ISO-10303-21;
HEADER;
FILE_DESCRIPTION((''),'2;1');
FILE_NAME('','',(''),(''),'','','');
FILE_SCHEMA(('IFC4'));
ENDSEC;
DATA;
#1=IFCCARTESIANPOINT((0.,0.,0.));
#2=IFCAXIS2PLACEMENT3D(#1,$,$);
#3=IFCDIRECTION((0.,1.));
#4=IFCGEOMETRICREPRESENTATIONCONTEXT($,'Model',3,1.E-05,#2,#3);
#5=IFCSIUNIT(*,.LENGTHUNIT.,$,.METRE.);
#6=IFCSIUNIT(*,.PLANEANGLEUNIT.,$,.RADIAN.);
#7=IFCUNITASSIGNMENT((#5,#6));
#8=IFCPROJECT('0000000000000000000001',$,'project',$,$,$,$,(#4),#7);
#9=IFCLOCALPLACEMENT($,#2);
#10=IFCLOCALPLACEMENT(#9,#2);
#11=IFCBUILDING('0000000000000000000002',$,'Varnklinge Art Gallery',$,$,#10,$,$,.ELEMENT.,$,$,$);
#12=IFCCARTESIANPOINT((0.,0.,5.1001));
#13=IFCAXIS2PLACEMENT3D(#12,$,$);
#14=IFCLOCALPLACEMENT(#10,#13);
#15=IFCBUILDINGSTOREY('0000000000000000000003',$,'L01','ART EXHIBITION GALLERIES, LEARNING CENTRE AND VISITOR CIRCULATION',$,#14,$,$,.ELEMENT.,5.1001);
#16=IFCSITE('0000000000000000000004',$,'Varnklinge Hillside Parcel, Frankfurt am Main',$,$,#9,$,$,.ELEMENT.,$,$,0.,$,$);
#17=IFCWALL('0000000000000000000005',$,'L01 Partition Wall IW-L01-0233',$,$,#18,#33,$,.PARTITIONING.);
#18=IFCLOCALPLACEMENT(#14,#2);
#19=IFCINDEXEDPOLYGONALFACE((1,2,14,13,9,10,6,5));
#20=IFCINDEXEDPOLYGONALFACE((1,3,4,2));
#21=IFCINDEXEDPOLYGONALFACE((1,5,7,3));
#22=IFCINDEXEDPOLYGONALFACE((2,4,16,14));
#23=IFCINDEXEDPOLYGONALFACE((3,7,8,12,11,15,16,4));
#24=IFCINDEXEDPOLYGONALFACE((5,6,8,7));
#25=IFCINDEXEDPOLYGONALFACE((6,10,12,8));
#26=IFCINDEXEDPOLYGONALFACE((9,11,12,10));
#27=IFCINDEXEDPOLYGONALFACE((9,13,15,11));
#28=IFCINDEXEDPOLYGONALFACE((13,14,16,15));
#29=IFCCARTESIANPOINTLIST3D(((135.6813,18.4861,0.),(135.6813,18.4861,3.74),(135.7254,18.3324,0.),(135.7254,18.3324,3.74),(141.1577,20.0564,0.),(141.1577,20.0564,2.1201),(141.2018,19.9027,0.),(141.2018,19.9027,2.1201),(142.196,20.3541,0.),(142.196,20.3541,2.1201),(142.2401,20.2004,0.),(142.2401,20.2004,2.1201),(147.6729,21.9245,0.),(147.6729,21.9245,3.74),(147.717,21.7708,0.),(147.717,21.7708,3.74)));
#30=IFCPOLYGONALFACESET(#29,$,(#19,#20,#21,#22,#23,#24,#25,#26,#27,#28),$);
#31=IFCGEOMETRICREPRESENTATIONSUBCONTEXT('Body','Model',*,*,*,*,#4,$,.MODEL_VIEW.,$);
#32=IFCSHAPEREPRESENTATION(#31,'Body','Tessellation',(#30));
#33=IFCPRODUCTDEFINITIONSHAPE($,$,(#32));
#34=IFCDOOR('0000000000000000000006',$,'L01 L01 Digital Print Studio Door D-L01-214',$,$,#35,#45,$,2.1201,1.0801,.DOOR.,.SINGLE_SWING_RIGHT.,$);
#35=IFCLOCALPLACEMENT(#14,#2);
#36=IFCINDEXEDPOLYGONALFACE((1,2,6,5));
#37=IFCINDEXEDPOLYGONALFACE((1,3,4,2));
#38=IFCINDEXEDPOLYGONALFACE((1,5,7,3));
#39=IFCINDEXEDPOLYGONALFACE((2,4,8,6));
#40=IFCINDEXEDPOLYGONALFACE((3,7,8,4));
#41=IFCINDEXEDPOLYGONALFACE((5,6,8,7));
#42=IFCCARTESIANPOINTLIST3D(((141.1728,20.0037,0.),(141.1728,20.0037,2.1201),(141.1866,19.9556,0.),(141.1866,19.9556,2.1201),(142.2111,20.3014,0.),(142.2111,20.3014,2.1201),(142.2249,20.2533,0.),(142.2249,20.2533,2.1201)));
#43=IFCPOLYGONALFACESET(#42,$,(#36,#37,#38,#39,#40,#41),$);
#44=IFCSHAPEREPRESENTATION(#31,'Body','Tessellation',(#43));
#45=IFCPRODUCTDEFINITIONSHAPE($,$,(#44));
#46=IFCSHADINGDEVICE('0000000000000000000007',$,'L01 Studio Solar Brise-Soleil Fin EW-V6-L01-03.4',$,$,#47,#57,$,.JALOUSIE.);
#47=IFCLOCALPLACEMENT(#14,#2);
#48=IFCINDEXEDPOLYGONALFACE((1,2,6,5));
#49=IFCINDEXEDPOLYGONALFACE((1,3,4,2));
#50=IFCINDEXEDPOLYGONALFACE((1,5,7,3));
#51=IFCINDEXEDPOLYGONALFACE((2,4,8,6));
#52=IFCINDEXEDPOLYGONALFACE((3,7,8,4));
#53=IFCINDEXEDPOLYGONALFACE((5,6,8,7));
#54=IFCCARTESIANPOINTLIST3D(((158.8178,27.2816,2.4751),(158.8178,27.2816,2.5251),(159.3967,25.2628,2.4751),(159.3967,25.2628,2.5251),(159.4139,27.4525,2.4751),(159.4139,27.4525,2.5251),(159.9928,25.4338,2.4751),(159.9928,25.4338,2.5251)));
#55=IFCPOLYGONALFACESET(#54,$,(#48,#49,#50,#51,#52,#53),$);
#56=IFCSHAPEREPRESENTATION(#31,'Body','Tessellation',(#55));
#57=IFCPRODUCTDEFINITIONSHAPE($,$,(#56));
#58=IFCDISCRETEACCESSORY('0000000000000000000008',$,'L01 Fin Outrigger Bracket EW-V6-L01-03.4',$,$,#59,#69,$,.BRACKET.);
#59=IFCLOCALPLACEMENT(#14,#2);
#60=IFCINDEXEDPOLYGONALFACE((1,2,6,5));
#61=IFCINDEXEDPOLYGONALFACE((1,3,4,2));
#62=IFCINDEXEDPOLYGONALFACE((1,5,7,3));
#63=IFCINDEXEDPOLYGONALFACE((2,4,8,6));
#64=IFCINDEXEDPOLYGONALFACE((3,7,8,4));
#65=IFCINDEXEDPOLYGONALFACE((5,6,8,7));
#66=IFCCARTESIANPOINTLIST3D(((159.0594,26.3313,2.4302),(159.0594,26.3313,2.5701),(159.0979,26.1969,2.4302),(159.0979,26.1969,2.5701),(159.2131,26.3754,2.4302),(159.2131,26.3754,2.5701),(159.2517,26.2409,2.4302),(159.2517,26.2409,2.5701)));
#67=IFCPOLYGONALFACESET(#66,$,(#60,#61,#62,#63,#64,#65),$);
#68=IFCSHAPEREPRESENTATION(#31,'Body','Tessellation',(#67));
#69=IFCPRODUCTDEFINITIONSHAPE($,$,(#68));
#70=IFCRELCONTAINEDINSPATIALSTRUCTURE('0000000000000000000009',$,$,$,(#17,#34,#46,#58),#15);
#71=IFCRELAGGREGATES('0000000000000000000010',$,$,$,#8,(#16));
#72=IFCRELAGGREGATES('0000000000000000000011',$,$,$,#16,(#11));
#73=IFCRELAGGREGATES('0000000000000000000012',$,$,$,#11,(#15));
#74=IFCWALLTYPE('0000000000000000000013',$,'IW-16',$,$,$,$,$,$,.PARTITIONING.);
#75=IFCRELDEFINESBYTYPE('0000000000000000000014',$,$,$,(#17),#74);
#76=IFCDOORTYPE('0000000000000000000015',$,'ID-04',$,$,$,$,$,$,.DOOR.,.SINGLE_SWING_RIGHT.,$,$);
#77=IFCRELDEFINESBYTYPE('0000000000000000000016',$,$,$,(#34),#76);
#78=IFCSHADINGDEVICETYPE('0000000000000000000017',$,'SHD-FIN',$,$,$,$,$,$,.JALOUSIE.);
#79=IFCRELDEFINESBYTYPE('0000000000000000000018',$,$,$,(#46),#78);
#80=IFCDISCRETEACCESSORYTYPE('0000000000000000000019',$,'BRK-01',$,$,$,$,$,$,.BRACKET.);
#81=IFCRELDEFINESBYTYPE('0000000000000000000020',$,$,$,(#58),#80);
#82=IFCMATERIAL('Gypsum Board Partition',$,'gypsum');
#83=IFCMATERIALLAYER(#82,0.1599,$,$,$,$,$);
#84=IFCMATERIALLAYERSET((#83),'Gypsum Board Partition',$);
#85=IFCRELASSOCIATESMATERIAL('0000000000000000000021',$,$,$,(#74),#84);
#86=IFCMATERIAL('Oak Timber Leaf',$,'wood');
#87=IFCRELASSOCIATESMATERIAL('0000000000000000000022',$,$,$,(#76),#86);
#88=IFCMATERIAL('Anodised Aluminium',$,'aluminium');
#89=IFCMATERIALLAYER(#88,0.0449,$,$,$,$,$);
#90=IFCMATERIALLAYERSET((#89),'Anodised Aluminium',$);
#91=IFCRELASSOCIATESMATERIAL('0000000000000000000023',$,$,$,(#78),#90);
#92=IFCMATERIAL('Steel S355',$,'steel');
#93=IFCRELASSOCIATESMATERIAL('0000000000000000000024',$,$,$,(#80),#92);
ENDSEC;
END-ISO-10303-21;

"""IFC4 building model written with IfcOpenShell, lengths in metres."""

from ifc_helpers import new_model, si_unit, direction, frame, frame_2d, origin, origin_2d, place, context, subcontext, project, spatial, rectangle, extrude, material, layer, layer_set, type_object, element, fill, save


model = new_model("IFC4")

# Units and contexts
model_context = context("Model", 3, precision=1e-05, world=origin(), true_north=direction((0.0, 1.0)))
body_context = subcontext(model_context, "Body", "Model", "MODEL_VIEW")
ifc_project = project(units=[si_unit("LENGTHUNIT", "METRE"), si_unit("PLANEANGLEUNIT", "RADIAN")], contexts=[model_context])

# Site, building, storey
site_placement = place(None, origin())
site = spatial("IfcSite", under=ifc_project, at=site_placement, Name="Varnklinge Hillside Parcel, Frankfurt am Main", CompositionType="ELEMENT", RefElevation=0.0)
building_placement = place(site_placement, origin())
building = spatial("IfcBuilding", under=site, at=building_placement, Name="Varnklinge Art Gallery", CompositionType="ELEMENT")
storey_placement = place(building_placement, frame((0.0, 0.0, 5.1001)))
storey = spatial("IfcBuildingStorey", under=building, at=storey_placement, Name="L01", Description="ART EXHIBITION GALLERIES, LEARNING CENTRE AND VISITOR CIRCULATION", CompositionType="ELEMENT", Elevation=5.1001)

# Wall, opening, door
ifc_material_1 = material(Name="Gypsum Board Partition", Category="gypsum")
ifc_layer_1 = layer(ifc_material_1, 0.1599)
ifc_layer_set_1 = layer_set([ifc_layer_1], Name="Gypsum Board Partition")
wall_type_1 = type_object("IfcWallType", Name="IW-16", PredefinedType="PARTITIONING", material=ifc_layer_set_1)
wall_1_placement = place(storey_placement, frame((147.6948, 21.8477, 0.0), z_axis=(0.0, 0.0, 1.0), x_axis=(-0.961264, -0.275631, 0.0)))
wall_1 = element("IfcWall", 1, at=wall_1_placement, inside=storey, type_object=wall_type_1, Name="L01 Partition Wall IW-L01-0233", PredefinedType="PARTITIONING", context=body_context, shape_type="SweptSolid", body=[
    extrude(rectangle(XDim=12.4749, YDim=0.1599, at=frame_2d((6.2373, 0.0))), origin(), (0.0, 0.0, 1.0), 3.74),
])
opening_1_placement = place(wall_1_placement, frame((5.6975, 0.0, 0.0)))
opening_1 = element("IfcOpeningElement", 2, at=opening_1_placement, cuts=wall_1, PredefinedType="OPENING", context=body_context, shape_type="SweptSolid", body=[
    extrude(rectangle(XDim=1.0801, YDim=2.1201, at=frame_2d((0.54, 1.0601))), frame((0.0, 0.0901, 0.0), z_axis=(0.0, -1.0, 0.0), x_axis=(1.0, 0.0, 0.0)), (0.0, 0.0, 1.0), 0.1799),
])
ifc_material_2 = material(Name="Oak Timber Leaf", Category="wood")
door_type_1 = type_object("IfcDoorType", Name="ID-04", OperationType="SINGLE_SWING_RIGHT", PredefinedType="DOOR", material=ifc_material_2)
door_1_placement = place(opening_1_placement, origin())
door_1 = element("IfcDoor", 3, at=door_1_placement, inside=storey, type_object=door_type_1, Name="L01 L01 Digital Print Studio Door D-L01-214", OperationType="SINGLE_SWING_RIGHT", OverallHeight=2.1201, OverallWidth=1.0801, PredefinedType="DOOR", context=body_context, shape_type="SweptSolid", body=[
    extrude(rectangle(XDim=1.0801, YDim=2.1201, at=frame_2d((0.54, 1.0601))), frame((0.0, 0.0249, 0.0), z_axis=(0.0, -1.0, 0.0), x_axis=(1.0, 0.0, 0.0)), (0.0, 0.0, 1.0), 0.05),
])
fill(opening_1, door_1)

# Shading device
ifc_material_3 = material(Name="Anodised Aluminium", Category="aluminium")
ifc_layer_2 = layer(ifc_material_3, 0.0449)
ifc_layer_set_2 = layer_set([ifc_layer_2], Name="Anodised Aluminium")
shading_device_type = type_object("IfcShadingDeviceType", Name="SHD-FIN", PredefinedType="JALOUSIE", material=ifc_layer_set_2)
shading_device_placement = place(storey_placement, frame((159.4053, 26.3577, 2.4751), z_axis=(0.0, 0.0, 1.0), x_axis=(0.275637, -0.961262, 0.0)))
element("IfcShadingDevice", 4, at=shading_device_placement, inside=storey, type_object=shading_device_type, Name="L01 Studio Solar Brise-Soleil Fin EW-V6-L01-03.4", PredefinedType="JALOUSIE", context=body_context, shape_type="SweptSolid", body=[
    extrude(rectangle(XDim=2.1001, YDim=0.6201, at=origin_2d()), origin(), (0.0, 0.0, 1.0), 0.05),
])

# Discrete accessory
ifc_material_4 = material(Name="Steel S355", Category="steel")
discrete_accessory_type = type_object("IfcDiscreteAccessoryType", Name="BRK-01", PredefinedType="BRACKET", material=ifc_material_4)
discrete_accessory_placement = place(storey_placement, frame((159.1555, 26.2861, 2.4302), z_axis=(0.0, 0.0, 1.0), x_axis=(0.275637, -0.961262, 0.0)))
element("IfcDiscreteAccessory", 5, at=discrete_accessory_placement, inside=storey, type_object=discrete_accessory_type, Name="L01 Fin Outrigger Bracket EW-V6-L01-03.4", PredefinedType="BRACKET", context=body_context, shape_type="SweptSolid", body=[
    extrude(rectangle(XDim=0.1399, YDim=0.1599, at=origin_2d()), origin(), (0.0, 0.0, 1.0), 0.1399),
])

save(model, "model.ifc")
